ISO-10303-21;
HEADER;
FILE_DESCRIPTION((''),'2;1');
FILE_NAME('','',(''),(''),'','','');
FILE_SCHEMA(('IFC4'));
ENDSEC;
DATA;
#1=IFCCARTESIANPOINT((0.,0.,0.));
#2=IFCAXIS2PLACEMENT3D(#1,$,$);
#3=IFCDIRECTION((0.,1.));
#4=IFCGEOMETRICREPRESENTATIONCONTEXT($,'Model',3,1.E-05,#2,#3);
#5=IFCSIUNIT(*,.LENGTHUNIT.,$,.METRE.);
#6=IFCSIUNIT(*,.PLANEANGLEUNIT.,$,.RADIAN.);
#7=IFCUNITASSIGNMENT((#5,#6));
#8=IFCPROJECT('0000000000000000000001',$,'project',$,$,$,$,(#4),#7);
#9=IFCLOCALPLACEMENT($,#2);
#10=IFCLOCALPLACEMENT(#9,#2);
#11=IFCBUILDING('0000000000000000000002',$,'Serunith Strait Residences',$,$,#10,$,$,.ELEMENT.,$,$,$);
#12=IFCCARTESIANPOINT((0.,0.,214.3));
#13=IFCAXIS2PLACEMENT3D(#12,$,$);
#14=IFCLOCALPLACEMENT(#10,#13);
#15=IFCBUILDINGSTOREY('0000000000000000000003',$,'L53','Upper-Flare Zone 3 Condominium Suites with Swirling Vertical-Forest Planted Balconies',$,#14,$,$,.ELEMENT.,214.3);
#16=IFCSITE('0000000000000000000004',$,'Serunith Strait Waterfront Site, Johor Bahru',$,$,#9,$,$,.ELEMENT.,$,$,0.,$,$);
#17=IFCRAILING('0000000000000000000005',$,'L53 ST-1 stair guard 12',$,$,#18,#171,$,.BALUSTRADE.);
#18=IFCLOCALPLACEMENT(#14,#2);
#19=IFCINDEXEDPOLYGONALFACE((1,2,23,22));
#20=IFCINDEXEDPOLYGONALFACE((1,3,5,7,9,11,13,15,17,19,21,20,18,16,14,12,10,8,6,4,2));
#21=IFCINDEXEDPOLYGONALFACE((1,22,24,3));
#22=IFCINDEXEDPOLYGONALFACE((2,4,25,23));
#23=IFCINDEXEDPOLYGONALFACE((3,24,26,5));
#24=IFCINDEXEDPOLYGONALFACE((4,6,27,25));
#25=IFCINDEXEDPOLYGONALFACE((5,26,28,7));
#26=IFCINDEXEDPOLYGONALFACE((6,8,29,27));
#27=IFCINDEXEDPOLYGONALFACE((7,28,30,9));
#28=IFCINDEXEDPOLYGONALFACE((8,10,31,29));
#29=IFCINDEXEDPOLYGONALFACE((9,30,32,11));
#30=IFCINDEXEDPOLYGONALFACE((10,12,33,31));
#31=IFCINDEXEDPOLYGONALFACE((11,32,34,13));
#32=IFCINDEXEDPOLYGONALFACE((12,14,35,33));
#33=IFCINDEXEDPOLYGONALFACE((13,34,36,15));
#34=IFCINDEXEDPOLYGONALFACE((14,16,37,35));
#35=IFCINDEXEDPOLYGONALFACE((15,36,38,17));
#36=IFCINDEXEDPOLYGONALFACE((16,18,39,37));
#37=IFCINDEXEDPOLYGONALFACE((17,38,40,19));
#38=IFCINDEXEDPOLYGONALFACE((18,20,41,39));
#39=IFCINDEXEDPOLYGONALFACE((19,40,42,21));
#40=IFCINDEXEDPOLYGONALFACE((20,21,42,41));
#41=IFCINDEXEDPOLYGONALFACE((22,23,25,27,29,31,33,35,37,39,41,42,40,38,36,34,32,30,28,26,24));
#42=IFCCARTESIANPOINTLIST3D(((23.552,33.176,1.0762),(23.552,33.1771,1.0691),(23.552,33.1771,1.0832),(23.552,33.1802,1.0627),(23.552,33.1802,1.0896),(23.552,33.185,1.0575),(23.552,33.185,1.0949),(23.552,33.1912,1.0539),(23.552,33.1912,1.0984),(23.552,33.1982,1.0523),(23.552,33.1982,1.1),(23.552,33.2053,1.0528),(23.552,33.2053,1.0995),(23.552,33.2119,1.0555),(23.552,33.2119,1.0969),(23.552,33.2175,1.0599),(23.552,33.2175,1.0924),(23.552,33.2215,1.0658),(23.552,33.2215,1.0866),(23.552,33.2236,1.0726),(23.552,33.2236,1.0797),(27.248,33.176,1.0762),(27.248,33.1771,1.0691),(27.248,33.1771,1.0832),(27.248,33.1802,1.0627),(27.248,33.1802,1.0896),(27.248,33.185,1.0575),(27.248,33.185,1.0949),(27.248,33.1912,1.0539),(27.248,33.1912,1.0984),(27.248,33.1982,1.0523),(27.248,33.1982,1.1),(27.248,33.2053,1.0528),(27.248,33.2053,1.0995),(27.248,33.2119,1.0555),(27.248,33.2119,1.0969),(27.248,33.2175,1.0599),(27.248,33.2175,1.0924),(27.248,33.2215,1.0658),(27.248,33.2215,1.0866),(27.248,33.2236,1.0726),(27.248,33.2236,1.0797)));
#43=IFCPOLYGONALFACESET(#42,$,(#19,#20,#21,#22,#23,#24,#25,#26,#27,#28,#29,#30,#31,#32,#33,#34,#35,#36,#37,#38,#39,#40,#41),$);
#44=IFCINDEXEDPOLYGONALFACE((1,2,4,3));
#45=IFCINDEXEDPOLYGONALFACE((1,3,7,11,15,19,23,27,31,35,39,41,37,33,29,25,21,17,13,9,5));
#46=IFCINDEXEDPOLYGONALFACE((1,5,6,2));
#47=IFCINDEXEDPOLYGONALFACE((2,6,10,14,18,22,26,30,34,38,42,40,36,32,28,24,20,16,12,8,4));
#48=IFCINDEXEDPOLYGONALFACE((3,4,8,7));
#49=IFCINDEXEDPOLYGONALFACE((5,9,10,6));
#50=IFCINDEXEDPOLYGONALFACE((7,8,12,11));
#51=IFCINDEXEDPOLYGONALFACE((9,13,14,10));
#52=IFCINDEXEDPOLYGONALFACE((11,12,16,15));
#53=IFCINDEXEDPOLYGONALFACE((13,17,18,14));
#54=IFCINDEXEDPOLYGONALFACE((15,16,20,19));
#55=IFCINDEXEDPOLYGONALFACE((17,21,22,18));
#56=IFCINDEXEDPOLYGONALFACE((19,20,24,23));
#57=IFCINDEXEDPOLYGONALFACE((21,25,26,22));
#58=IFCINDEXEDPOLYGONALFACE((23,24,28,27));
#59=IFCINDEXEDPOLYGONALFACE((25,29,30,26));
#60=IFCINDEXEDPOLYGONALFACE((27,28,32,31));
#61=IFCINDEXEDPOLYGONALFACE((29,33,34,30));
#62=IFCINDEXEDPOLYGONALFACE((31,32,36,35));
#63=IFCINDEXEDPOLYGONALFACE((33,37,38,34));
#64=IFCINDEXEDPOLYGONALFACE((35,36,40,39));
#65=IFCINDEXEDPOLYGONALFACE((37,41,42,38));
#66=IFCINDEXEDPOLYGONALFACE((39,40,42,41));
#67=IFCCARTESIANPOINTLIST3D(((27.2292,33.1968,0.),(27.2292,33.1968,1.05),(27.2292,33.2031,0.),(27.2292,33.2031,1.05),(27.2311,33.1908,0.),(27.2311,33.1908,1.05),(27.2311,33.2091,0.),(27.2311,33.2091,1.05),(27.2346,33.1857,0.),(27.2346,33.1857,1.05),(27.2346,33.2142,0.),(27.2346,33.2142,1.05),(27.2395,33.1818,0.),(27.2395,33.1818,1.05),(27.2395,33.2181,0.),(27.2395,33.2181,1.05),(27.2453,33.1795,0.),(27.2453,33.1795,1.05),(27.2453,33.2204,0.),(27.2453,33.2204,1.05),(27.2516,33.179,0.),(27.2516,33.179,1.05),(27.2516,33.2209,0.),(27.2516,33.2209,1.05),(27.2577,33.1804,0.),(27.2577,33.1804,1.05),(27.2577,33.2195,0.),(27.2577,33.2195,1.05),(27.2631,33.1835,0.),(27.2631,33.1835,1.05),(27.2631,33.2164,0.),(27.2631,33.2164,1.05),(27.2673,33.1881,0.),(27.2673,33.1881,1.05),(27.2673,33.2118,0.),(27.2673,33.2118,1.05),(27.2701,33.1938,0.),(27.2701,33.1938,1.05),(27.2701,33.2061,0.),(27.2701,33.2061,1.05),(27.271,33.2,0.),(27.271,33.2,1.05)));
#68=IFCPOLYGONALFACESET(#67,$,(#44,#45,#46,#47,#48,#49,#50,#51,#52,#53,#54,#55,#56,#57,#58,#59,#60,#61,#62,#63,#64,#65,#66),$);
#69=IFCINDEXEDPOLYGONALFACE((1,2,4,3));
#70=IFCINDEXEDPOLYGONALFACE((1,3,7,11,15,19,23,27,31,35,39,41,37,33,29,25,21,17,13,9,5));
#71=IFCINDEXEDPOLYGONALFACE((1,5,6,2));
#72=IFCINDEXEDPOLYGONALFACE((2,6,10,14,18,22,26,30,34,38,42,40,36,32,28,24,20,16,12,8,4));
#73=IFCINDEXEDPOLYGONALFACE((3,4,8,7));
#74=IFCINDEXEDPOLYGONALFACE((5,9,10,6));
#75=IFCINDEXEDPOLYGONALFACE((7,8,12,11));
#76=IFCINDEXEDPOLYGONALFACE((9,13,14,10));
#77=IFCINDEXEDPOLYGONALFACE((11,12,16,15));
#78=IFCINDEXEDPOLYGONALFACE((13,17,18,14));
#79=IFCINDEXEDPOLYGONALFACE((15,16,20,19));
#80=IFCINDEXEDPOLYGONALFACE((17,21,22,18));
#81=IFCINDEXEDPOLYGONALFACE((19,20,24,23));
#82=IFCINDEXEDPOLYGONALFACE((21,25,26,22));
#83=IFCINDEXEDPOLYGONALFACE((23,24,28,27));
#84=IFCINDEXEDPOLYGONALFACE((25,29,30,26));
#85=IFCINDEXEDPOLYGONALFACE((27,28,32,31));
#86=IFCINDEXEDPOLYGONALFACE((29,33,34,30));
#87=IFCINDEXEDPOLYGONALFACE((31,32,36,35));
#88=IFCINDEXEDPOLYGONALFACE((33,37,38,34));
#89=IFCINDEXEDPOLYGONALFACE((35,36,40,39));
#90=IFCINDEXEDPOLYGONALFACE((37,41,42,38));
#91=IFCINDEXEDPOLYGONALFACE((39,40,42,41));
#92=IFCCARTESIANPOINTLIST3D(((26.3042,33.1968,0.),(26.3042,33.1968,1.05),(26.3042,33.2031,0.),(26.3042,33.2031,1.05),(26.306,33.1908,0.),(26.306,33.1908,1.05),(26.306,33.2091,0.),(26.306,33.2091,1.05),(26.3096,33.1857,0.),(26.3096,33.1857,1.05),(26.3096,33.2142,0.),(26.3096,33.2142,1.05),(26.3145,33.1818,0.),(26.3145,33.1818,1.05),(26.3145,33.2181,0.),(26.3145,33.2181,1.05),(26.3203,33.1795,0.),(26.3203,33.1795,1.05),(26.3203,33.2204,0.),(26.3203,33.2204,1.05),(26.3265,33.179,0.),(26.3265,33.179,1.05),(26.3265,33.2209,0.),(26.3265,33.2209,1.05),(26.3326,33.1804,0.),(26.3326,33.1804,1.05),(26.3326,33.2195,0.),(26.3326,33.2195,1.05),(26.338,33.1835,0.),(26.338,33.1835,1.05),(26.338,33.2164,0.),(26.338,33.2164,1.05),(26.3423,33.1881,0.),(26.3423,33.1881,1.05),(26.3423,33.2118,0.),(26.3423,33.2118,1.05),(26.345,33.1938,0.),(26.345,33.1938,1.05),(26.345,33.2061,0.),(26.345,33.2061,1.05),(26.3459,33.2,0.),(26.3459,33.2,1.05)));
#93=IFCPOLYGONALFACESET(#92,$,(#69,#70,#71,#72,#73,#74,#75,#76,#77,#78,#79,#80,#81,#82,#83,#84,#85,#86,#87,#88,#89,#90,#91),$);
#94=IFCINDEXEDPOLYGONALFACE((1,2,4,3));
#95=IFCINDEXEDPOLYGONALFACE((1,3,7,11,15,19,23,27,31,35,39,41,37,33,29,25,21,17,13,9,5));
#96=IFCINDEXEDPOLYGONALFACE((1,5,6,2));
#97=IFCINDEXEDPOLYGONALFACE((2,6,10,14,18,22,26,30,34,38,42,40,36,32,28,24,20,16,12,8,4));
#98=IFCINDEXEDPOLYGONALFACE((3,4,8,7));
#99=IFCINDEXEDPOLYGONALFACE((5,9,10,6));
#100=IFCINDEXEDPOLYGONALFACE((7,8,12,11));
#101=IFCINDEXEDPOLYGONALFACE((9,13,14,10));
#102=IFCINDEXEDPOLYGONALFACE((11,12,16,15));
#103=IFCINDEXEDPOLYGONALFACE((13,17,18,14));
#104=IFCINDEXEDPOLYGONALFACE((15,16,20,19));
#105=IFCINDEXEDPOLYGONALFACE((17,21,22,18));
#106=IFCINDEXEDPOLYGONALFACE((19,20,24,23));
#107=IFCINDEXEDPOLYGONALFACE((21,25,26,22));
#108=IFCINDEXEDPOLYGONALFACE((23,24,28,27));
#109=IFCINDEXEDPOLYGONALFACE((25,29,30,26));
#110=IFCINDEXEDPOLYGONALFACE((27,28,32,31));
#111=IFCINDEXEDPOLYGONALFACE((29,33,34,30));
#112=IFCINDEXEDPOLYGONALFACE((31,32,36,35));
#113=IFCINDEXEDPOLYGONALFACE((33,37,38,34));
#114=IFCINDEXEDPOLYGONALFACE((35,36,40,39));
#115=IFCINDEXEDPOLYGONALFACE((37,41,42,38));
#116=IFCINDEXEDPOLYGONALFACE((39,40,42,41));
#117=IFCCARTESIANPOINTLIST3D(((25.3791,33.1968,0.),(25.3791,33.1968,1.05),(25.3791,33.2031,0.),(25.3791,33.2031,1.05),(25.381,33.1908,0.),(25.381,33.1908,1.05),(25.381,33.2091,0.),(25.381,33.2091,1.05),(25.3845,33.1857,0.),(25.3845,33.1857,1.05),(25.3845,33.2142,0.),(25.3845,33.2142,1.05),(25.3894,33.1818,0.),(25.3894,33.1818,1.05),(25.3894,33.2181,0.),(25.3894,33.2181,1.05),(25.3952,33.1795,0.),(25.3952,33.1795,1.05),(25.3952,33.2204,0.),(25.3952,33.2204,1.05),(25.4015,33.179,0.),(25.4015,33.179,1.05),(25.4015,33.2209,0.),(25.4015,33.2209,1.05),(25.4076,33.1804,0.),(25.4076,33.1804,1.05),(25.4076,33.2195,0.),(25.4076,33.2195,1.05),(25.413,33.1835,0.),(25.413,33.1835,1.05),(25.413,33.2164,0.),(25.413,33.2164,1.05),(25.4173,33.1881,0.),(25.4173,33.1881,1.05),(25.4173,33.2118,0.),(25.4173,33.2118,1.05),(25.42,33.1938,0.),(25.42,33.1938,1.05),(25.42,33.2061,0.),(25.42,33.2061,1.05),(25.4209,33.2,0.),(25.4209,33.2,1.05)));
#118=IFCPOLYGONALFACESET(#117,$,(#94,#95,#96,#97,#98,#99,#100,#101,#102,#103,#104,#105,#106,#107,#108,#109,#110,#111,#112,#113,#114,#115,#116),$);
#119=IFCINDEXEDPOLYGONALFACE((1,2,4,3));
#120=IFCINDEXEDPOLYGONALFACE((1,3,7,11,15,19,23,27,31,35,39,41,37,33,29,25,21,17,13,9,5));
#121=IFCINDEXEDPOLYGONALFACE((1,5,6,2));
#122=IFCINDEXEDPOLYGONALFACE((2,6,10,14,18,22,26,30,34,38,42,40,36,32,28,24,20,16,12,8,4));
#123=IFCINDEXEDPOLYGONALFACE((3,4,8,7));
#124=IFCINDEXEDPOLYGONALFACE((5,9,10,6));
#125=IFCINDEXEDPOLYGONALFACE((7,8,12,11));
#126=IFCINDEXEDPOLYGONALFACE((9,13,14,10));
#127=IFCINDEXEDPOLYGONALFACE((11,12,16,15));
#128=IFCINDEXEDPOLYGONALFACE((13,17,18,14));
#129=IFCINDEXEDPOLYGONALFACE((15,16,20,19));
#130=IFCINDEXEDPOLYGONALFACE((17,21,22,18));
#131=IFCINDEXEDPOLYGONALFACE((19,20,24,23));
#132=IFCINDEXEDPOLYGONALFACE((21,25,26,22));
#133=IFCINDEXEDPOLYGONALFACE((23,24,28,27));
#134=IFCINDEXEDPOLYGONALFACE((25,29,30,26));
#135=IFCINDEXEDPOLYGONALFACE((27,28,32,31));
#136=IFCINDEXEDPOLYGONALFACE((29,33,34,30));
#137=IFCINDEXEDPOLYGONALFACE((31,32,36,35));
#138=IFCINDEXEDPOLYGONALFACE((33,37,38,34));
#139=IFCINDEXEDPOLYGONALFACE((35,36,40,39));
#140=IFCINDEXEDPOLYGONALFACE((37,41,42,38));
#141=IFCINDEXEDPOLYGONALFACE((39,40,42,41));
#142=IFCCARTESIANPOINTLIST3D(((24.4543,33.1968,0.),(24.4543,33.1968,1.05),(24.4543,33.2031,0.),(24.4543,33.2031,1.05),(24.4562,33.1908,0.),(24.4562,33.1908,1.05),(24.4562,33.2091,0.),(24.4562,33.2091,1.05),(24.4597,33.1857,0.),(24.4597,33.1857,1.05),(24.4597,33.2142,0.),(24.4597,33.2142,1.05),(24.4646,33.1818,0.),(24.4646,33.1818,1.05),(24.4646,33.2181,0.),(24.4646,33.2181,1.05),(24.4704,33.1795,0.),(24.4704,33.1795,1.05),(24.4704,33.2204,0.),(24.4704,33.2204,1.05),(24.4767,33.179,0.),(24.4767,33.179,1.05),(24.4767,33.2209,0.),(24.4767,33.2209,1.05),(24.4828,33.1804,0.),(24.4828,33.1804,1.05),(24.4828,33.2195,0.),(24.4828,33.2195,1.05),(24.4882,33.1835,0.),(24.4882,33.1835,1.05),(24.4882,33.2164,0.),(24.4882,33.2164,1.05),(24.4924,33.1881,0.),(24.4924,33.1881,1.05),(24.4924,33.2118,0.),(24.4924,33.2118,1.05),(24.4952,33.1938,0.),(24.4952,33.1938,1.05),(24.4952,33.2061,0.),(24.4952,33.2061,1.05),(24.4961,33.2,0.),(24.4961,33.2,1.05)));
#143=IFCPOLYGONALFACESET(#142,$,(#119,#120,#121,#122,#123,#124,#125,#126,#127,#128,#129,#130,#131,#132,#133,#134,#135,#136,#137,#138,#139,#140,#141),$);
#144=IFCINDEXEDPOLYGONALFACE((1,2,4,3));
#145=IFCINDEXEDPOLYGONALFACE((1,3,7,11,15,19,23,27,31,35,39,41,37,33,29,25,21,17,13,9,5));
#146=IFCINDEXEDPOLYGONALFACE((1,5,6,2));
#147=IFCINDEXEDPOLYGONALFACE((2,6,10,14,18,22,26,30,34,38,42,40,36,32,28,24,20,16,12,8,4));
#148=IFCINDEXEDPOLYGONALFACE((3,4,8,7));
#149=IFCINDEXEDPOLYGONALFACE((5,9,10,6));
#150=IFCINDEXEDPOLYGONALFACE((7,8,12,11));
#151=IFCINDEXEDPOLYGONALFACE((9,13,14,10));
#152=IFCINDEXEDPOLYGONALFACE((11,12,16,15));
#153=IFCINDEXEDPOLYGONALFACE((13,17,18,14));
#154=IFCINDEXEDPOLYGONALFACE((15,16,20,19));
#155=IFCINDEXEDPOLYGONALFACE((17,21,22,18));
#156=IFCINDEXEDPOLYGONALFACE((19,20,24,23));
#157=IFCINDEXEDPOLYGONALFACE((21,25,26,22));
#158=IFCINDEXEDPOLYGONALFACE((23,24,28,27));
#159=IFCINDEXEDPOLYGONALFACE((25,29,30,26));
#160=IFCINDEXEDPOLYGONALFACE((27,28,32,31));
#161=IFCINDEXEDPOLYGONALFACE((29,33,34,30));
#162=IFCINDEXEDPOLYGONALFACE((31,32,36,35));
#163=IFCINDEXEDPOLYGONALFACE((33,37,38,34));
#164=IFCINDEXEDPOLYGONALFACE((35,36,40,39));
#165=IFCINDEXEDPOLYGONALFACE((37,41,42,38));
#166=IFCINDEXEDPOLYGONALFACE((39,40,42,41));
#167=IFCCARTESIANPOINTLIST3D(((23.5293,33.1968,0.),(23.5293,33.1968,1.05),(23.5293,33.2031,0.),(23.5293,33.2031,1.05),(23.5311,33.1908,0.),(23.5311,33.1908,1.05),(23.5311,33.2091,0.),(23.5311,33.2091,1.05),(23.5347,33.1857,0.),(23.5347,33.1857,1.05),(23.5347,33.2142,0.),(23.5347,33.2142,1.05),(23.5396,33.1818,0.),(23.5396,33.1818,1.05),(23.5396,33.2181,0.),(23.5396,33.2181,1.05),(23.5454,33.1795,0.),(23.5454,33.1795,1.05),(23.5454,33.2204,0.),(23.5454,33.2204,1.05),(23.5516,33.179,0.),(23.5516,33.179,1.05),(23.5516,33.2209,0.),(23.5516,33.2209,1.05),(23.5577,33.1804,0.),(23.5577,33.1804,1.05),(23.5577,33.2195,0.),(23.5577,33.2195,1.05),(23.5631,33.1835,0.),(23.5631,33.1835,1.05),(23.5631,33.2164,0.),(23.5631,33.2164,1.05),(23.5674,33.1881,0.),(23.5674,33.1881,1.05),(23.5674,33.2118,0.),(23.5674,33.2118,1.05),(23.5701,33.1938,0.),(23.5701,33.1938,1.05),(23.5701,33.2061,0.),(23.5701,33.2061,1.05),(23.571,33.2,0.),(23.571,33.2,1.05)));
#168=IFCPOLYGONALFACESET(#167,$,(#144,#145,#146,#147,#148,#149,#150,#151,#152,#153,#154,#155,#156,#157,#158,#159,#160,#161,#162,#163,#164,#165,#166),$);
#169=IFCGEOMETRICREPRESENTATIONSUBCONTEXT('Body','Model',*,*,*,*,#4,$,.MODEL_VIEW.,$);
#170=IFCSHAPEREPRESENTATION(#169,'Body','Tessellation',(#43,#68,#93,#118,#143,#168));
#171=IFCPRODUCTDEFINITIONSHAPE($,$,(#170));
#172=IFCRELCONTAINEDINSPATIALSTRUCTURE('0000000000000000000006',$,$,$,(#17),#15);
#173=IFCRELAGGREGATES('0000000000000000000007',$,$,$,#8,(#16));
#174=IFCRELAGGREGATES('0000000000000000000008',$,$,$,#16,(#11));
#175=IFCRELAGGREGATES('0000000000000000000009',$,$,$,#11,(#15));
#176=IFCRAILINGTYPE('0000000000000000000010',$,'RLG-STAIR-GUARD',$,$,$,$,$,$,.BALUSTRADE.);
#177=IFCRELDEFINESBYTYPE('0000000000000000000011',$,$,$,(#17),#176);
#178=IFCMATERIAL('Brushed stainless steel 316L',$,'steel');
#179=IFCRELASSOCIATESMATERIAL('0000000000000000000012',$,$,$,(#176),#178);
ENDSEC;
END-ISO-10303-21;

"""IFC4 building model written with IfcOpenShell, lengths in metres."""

from ifc_helpers import new_model, si_unit, direction, frame, origin, origin_2d, place, context, subcontext, project, spatial, circle, extrude, material, type_object, element, save


model = new_model("IFC4")

# Units and contexts
model_context = context("Model", 3, precision=1e-05, world=origin(), true_north=direction((0.0, 1.0)))
body_context = subcontext(model_context, "Body", "Model", "MODEL_VIEW")
ifc_project = project(units=[si_unit("LENGTHUNIT", "METRE"), si_unit("PLANEANGLEUNIT", "RADIAN")], contexts=[model_context])

# Site, building, storey
site_placement = place(None, origin())
site = spatial("IfcSite", under=ifc_project, at=site_placement, Name="Serunith Strait Waterfront Site, Johor Bahru", CompositionType="ELEMENT", RefElevation=0.0)
building_placement = place(site_placement, origin())
building = spatial("IfcBuilding", under=site, at=building_placement, Name="Serunith Strait Residences", CompositionType="ELEMENT")
storey_placement = place(building_placement, frame((0.0, 0.0, 214.3)))
storey = spatial("IfcBuildingStorey", under=building, at=storey_placement, Name="L53", Description="Upper-Flare Zone 3 Condominium Suites with Swirling Vertical-Forest Planted Balconies", CompositionType="ELEMENT", Elevation=214.3)

# Railing
ifc_material_1 = material(Name="Brushed stainless steel 316L", Category="steel")
railing_type = type_object("IfcRailingType", Name="RLG-STAIR-GUARD", PredefinedType="BALUSTRADE", material=ifc_material_1)
railing_placement = place(storey_placement, frame((27.25, 33.2, 0.0)))
element("IfcRailing", 1, at=railing_placement, inside=storey, type_object=railing_type, Name="L53 ST-1 stair guard 12", PredefinedType="BALUSTRADE", context=body_context, shape_type="SweptSolid", body=[
    extrude(circle(Radius=0.0239, at=origin_2d()), frame((-0.002, 0.0, 1.0762), z_axis=(-1.0, 0.0, 0.0), x_axis=(0.0, -1.0, 0.0)), (0.0, 0.0, 1.0), 3.696),
    extrude(circle(Radius=0.021, at=origin_2d()), origin(), (0.0, 0.0, 1.0), 1.05),
    extrude(circle(Radius=0.021, at=origin_2d()), frame((-0.925, 0.0, 0.0)), (0.0, 0.0, 1.0), 1.05),
    extrude(circle(Radius=0.021, at=origin_2d()), frame((-1.8501, 0.0, 0.0)), (0.0, 0.0, 1.0), 1.05),
    extrude(circle(Radius=0.021, at=origin_2d()), frame((-2.7749, 0.0, 0.0)), (0.0, 0.0, 1.0), 1.05),
    extrude(circle(Radius=0.021, at=origin_2d()), frame((-3.7, 0.0, 0.0)), (0.0, 0.0, 1.0), 1.05),
])

save(model, "model.ifc")
